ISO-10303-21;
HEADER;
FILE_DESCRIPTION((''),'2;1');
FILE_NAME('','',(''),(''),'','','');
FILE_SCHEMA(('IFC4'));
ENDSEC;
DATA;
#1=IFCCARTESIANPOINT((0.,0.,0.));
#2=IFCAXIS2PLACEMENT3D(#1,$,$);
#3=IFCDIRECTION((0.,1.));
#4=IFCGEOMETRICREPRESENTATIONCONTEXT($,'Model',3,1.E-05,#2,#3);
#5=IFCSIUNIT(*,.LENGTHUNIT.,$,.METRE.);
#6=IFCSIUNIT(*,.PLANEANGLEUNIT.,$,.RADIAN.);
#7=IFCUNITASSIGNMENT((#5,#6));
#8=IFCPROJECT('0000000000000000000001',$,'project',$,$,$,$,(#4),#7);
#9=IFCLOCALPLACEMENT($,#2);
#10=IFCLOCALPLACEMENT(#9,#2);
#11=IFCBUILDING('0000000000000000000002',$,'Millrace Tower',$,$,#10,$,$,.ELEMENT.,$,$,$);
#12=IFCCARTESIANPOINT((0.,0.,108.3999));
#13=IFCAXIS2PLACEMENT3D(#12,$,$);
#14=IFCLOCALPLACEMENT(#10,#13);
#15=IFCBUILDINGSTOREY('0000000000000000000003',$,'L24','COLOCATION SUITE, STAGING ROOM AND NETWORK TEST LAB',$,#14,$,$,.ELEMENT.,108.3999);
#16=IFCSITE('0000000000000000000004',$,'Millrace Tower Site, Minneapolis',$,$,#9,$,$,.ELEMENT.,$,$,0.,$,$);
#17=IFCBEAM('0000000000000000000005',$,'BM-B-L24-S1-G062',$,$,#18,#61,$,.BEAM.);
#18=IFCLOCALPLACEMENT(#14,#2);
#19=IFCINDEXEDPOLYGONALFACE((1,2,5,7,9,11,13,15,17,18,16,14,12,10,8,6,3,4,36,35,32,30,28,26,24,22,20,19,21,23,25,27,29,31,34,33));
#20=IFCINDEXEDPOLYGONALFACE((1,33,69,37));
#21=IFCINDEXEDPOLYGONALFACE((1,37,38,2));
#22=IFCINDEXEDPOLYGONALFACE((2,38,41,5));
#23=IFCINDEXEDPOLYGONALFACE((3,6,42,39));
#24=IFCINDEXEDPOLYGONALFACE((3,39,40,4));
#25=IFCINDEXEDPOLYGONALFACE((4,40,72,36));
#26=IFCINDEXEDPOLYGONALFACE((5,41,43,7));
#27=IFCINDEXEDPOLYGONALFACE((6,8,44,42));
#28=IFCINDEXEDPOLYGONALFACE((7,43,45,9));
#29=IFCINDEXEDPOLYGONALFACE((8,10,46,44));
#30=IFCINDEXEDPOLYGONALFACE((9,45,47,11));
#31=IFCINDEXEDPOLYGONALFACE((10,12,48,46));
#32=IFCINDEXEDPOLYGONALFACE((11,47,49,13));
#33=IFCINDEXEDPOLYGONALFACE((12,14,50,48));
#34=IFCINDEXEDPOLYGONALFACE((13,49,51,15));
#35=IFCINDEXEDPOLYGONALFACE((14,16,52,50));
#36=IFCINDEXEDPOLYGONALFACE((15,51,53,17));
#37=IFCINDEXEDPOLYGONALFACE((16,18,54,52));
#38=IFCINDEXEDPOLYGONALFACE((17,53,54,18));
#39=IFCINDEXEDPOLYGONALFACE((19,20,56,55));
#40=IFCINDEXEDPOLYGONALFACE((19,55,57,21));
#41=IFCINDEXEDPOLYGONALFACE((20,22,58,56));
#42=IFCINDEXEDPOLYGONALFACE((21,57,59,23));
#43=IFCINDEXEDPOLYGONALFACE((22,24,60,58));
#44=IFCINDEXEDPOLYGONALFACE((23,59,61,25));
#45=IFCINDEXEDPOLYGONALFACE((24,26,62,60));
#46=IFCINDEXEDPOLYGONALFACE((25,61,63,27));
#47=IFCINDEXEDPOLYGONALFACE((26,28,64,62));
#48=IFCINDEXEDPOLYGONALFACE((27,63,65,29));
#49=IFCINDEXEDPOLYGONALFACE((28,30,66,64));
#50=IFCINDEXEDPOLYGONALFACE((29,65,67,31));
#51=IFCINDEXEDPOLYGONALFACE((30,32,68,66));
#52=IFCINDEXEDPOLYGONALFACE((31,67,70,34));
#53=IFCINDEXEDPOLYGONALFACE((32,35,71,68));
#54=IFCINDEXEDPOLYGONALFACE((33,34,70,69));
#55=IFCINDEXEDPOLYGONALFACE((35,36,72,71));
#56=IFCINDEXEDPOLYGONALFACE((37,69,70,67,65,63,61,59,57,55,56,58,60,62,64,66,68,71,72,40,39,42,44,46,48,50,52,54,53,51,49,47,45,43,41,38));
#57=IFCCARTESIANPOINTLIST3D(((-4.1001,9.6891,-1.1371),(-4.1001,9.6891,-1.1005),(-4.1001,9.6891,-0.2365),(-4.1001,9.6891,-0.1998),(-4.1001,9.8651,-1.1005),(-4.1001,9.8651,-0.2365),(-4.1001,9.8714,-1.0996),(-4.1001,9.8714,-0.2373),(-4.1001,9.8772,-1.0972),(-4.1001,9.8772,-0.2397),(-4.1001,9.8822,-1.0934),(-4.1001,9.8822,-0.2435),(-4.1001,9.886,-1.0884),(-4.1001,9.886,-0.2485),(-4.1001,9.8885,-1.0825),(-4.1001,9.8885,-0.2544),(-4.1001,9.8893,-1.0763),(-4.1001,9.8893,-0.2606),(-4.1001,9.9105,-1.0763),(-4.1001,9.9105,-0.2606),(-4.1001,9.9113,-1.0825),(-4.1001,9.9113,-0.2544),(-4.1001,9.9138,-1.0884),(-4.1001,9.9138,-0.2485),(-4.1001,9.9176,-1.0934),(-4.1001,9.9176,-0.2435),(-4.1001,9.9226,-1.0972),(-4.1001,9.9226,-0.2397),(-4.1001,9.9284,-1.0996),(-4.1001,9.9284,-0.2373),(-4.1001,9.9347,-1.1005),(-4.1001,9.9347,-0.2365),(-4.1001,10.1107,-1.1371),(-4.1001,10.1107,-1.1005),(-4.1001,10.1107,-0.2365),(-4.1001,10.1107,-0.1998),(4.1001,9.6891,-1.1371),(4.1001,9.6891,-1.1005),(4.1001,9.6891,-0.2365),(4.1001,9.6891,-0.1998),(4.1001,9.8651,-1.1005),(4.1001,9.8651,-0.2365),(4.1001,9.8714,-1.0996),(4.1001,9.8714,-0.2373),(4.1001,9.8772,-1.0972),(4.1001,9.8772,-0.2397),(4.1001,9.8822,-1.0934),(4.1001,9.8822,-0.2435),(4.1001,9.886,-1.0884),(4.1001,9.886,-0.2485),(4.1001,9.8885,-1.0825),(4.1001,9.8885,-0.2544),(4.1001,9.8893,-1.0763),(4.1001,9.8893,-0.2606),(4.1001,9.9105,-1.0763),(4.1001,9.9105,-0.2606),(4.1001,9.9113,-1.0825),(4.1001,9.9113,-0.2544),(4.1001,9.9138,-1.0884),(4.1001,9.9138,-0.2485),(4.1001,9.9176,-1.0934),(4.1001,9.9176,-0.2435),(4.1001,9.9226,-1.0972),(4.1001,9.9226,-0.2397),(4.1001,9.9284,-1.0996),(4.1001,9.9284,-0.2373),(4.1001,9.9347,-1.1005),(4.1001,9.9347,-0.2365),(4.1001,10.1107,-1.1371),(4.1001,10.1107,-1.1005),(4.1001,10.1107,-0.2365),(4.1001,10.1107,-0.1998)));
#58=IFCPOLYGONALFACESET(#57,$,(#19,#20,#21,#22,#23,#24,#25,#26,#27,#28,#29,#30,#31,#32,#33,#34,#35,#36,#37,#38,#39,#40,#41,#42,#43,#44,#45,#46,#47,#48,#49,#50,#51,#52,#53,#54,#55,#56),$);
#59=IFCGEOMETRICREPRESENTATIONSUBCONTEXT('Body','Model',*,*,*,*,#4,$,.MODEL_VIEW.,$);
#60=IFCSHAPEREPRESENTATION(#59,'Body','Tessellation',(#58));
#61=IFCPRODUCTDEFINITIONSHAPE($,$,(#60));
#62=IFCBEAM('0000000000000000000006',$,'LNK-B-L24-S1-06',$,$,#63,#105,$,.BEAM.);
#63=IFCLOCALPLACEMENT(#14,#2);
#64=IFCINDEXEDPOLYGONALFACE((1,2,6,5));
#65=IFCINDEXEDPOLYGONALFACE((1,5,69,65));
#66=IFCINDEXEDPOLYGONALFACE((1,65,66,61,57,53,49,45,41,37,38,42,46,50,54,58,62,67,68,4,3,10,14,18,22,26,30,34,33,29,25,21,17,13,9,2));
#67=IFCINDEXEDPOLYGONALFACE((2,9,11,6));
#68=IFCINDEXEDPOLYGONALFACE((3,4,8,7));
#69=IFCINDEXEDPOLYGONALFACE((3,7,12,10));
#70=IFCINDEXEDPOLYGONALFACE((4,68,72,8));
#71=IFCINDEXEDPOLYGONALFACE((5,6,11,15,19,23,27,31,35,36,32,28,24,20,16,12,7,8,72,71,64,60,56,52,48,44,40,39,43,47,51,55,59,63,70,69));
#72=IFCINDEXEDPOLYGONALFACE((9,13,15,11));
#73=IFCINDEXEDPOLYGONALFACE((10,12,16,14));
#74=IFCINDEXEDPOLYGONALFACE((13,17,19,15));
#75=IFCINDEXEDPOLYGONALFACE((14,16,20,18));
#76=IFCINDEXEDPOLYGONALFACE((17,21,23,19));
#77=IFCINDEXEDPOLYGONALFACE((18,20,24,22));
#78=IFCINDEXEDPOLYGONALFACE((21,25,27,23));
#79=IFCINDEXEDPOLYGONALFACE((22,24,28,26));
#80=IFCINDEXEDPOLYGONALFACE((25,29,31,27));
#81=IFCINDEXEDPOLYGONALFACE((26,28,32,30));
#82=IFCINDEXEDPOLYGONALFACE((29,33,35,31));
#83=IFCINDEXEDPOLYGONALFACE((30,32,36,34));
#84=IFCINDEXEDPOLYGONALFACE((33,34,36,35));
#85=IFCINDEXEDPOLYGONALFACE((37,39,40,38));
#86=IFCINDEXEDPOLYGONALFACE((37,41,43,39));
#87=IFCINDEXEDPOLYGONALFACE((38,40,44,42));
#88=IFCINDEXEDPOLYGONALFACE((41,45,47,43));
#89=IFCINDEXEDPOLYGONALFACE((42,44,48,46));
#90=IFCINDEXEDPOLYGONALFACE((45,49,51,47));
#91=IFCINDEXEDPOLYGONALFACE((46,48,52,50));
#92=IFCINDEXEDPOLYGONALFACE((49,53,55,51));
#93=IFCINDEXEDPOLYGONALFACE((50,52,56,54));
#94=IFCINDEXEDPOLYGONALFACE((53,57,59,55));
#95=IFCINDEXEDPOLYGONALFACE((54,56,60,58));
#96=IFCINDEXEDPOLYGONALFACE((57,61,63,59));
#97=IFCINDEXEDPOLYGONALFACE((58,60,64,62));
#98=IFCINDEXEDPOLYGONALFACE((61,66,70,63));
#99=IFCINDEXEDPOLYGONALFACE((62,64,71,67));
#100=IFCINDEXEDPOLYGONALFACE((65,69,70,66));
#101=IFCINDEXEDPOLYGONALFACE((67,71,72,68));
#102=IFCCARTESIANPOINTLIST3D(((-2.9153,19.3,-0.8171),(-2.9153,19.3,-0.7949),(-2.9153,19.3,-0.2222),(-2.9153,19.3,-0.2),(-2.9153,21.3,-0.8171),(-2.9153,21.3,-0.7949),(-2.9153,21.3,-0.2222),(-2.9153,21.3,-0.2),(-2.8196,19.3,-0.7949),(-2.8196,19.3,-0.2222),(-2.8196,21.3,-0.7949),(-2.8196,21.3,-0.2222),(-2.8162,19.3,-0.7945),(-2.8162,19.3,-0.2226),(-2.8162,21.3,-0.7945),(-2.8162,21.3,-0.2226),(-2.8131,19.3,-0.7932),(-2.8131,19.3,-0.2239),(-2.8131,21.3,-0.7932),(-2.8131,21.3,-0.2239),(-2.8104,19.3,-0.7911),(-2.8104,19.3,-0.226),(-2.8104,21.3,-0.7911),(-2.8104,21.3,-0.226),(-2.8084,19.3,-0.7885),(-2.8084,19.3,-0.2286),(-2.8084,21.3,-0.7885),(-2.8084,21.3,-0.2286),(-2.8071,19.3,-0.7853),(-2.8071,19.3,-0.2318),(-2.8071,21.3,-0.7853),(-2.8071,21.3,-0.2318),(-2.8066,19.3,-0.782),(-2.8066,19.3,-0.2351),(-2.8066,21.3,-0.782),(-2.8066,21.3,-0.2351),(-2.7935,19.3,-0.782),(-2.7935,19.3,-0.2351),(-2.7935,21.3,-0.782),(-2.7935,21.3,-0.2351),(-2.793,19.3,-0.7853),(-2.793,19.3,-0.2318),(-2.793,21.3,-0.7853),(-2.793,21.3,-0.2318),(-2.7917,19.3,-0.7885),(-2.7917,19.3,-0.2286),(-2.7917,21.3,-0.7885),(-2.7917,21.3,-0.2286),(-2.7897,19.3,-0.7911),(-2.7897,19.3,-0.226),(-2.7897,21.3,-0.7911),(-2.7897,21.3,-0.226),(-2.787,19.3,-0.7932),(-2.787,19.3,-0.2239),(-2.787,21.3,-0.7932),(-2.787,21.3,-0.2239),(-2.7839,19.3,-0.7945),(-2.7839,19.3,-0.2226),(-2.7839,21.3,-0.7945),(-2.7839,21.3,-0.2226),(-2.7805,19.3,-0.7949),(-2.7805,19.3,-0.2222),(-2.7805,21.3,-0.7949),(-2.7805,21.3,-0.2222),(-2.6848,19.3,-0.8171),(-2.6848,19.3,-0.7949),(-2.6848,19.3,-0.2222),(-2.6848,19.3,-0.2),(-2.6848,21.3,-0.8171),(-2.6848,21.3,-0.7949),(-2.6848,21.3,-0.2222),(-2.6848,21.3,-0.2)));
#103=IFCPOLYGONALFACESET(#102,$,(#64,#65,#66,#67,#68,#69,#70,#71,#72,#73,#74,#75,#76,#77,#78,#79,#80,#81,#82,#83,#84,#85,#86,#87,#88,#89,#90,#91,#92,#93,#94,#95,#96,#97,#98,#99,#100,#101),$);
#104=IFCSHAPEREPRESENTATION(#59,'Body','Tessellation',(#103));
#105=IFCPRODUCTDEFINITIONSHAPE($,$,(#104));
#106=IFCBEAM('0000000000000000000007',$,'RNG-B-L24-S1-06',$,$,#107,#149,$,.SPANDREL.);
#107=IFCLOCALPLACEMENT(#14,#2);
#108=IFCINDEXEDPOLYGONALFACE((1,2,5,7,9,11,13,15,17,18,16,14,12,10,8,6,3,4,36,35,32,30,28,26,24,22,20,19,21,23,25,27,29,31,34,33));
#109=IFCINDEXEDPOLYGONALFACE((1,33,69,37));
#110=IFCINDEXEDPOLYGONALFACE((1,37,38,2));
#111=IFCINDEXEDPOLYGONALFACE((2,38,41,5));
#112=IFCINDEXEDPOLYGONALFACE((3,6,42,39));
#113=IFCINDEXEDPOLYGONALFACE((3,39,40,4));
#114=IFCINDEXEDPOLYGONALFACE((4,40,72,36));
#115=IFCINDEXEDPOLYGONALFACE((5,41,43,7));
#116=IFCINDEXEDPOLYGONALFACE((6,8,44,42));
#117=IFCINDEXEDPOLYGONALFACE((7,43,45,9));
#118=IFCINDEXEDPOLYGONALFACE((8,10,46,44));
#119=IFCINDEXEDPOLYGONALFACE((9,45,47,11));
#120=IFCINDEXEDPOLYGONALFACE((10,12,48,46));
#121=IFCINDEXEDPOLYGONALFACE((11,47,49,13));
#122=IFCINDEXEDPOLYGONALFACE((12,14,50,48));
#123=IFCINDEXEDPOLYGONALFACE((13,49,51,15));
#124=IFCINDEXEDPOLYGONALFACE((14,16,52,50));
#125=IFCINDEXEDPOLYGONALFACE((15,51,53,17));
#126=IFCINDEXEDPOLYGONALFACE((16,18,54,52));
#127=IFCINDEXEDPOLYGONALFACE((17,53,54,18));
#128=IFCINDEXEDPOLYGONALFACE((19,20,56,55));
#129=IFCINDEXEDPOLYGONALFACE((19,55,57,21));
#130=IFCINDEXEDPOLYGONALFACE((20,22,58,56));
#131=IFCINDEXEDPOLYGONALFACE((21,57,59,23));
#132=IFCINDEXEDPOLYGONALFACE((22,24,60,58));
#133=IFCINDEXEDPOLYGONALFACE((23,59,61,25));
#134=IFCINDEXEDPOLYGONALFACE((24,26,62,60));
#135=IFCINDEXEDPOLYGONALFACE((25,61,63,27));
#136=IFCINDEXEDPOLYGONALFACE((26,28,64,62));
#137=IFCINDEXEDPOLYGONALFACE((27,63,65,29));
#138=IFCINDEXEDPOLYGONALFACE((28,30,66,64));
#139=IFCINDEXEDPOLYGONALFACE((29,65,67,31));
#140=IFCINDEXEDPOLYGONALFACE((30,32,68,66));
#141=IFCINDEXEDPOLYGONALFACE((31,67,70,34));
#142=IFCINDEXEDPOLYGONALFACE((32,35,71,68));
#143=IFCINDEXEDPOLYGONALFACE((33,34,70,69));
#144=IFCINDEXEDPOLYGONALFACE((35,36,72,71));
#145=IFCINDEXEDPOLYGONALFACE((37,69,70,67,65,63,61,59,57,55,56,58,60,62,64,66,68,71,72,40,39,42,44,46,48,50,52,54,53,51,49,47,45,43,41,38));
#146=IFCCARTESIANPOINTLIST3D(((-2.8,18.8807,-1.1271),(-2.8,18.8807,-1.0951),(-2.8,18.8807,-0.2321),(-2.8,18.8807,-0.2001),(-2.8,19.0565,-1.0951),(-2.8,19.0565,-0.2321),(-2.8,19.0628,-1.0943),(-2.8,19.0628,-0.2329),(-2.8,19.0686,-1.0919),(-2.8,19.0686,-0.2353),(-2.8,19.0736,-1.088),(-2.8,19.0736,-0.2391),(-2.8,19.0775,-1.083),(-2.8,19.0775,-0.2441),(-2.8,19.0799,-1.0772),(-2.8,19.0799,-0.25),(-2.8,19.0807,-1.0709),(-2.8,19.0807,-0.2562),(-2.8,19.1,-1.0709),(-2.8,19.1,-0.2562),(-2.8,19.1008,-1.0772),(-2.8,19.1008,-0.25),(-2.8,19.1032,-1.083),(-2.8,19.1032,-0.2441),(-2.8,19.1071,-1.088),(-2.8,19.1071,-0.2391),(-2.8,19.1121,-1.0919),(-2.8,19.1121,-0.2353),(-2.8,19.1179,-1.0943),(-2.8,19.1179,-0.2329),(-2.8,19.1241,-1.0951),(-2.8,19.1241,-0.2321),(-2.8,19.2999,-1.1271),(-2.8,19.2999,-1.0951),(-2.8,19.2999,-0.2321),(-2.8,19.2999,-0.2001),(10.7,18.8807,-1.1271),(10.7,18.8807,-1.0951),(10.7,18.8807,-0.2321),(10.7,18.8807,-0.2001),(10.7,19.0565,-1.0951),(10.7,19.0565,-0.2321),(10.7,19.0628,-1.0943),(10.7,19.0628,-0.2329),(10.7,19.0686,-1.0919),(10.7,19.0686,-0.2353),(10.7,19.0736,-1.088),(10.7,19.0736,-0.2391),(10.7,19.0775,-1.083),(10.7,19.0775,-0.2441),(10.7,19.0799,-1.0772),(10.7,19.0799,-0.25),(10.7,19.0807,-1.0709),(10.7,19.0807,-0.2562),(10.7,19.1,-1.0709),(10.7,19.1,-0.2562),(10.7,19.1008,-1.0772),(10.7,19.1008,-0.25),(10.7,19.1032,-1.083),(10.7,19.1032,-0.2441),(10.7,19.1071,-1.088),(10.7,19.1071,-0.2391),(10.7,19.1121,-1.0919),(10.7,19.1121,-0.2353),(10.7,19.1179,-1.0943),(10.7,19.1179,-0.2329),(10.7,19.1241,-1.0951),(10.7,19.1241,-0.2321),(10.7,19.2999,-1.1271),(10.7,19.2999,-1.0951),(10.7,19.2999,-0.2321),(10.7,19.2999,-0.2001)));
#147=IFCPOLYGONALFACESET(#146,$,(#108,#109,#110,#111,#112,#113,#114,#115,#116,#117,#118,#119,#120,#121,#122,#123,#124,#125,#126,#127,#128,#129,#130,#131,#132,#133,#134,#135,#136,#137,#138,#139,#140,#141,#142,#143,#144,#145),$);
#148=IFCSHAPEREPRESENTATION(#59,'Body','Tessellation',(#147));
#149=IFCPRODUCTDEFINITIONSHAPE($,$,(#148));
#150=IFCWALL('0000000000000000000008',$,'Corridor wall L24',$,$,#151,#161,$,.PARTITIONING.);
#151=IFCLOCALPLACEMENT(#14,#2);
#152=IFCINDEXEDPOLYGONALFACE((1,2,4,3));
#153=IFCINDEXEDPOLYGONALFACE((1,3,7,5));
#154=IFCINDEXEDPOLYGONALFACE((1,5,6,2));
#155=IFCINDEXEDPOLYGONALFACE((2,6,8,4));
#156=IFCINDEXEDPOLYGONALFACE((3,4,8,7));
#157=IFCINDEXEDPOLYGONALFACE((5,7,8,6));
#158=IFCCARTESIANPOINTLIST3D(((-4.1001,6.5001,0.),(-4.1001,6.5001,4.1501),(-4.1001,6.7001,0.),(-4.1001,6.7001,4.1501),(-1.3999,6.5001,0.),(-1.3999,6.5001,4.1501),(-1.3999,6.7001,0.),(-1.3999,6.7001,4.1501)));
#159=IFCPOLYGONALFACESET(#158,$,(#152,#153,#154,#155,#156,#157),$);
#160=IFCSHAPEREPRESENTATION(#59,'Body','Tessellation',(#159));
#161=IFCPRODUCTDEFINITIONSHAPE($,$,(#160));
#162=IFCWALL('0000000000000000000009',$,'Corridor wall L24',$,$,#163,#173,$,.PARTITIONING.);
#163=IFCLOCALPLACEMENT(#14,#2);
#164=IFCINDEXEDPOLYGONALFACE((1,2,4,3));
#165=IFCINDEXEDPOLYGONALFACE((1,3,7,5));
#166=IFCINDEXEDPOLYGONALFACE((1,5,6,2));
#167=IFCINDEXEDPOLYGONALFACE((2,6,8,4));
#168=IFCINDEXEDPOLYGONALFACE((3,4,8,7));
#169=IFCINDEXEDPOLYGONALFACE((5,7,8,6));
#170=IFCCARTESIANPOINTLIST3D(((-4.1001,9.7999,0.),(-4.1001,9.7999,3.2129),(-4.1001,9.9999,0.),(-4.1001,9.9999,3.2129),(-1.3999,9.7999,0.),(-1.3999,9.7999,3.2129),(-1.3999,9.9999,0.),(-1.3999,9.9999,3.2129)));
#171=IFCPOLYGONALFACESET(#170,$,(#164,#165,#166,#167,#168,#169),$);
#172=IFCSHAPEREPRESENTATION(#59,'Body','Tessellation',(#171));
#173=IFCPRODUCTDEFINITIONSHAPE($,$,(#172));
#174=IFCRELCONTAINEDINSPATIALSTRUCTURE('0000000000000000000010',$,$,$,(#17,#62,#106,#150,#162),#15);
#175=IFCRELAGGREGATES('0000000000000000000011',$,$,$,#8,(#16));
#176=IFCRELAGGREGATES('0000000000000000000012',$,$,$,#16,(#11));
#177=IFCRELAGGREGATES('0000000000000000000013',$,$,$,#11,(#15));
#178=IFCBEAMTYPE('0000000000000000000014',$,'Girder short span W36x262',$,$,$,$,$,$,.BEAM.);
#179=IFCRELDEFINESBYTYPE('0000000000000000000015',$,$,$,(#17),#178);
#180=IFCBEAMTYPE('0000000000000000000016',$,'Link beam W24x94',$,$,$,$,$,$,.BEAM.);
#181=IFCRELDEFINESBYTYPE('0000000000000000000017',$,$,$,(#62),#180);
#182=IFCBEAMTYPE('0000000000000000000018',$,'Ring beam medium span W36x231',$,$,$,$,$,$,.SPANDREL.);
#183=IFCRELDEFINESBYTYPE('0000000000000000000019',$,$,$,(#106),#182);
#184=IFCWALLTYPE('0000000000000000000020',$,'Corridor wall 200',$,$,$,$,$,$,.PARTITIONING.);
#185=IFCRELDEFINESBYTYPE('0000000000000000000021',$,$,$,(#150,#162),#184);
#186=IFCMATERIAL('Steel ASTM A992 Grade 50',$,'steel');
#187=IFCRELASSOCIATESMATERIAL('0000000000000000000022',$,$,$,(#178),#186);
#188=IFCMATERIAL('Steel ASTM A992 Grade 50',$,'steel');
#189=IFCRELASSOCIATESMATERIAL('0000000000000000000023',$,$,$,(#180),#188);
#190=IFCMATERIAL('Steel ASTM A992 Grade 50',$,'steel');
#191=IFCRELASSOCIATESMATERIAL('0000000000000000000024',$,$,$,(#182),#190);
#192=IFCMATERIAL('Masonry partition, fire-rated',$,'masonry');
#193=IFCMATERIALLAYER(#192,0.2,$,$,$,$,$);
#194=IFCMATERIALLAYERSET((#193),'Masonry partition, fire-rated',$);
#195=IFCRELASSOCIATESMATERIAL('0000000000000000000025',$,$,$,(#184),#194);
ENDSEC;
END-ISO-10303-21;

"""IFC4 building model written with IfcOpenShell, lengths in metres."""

from ifc_helpers import new_model, si_unit, direction, frame, frame_2d, origin, origin_2d, place, context, subcontext, project, spatial, rectangle, i_section, extrude, material, layer, layer_set, material_profile, profile_set, type_object, element, save


model = new_model("IFC4")

# Units and contexts
model_context = context("Model", 3, precision=1e-05, world=origin(), true_north=direction((0.0, 1.0)))
body_context = subcontext(model_context, "Body", "Model", "MODEL_VIEW")
ifc_project = project(units=[si_unit("LENGTHUNIT", "METRE"), si_unit("PLANEANGLEUNIT", "RADIAN")], contexts=[model_context])

# Site, building, storey
site_placement = place(None, origin())
site = spatial("IfcSite", under=ifc_project, at=site_placement, Name="Millrace Tower Site, Minneapolis", CompositionType="ELEMENT", RefElevation=0.0)
building_placement = place(site_placement, origin())
building = spatial("IfcBuilding", under=site, at=building_placement, Name="Millrace Tower", CompositionType="ELEMENT")
storey_placement = place(building_placement, frame((0.0, 0.0, 108.3999)))
storey = spatial("IfcBuildingStorey", under=building, at=storey_placement, Name="L24", Description="COLOCATION SUITE, STAGING ROOM AND NETWORK TEST LAB", CompositionType="ELEMENT", Elevation=108.3999)

# Beams
ifc_material_1 = material(Name="Steel ASTM A992 Grade 50", Category="steel")
ifc_material_profile_1 = material_profile(ifc_material_1, i_section(OverallWidth=0.4216, OverallDepth=0.9373, WebThickness=0.0212, FlangeThickness=0.0366, FilletRadius=0.0242, at=origin_2d()))
ifc_profile_set_1 = profile_set([ifc_material_profile_1], Name="Steel ASTM A992 Grade 50")
beam_type_1 = type_object("IfcBeamType", Name="Girder short span W36x262", PredefinedType="BEAM", material=ifc_profile_set_1)
beam_1_placement = place(storey_placement, frame((-4.1001, 9.8999, -0.6685), z_axis=(1.0, 0.0, 0.0), x_axis=(0.0, 1.0, 0.0)))
element("IfcBeam", 1, at=beam_1_placement, inside=storey, type_object=beam_type_1, Name="BM-B-L24-S1-G062", PredefinedType="BEAM", context=body_context, shape_type="SweptSolid", body=[
    extrude(i_section(OverallWidth=0.4216, OverallDepth=0.9373, WebThickness=0.0212, FlangeThickness=0.0366, FilletRadius=0.0242, at=origin_2d()), origin(), (0.0, 0.0, 1.0), 8.2002),
])
ifc_material_2 = material(Name="Steel ASTM A992 Grade 50", Category="steel")
ifc_material_profile_2 = material_profile(ifc_material_2, i_section(OverallWidth=0.2305, OverallDepth=0.6172, WebThickness=0.0132, FlangeThickness=0.0222, FilletRadius=0.0129, at=origin_2d()))
ifc_profile_set_2 = profile_set([ifc_material_profile_2], Name="Steel ASTM A992 Grade 50")
beam_type_2 = type_object("IfcBeamType", Name="Link beam W24x94", PredefinedType="BEAM", material=ifc_profile_set_2)
beam_2_placement = place(storey_placement, frame((-2.8, 19.3, -0.5085), z_axis=(0.0, 1.0, 0.0), x_axis=(-1.0, 0.0, 0.0)))
element("IfcBeam", 2, at=beam_2_placement, inside=storey, type_object=beam_type_2, Name="LNK-B-L24-S1-06", PredefinedType="BEAM", context=body_context, shape_type="SweptSolid", body=[
    extrude(i_section(OverallWidth=0.2305, OverallDepth=0.6172, WebThickness=0.0132, FlangeThickness=0.0222, FilletRadius=0.0129, at=origin_2d()), origin(), (0.0, 0.0, 1.0), 2.0),
])
ifc_material_3 = material(Name="Steel ASTM A992 Grade 50", Category="steel")
ifc_material_profile_3 = material_profile(ifc_material_3, i_section(OverallWidth=0.4192, OverallDepth=0.927, WebThickness=0.0193, FlangeThickness=0.032, FilletRadius=0.0242, at=origin_2d()))
ifc_profile_set_3 = profile_set([ifc_material_profile_3], Name="Steel ASTM A992 Grade 50")
beam_type_3 = type_object("IfcBeamType", Name="Ring beam medium span W36x231", PredefinedType="SPANDREL", material=ifc_profile_set_3)
beam_3_placement = place(storey_placement, frame((-2.8, 19.0903, -0.6636), z_axis=(1.0, 0.0, 0.0), x_axis=(0.0, 1.0, 0.0)))
element("IfcBeam", 3, at=beam_3_placement, inside=storey, type_object=beam_type_3, Name="RNG-B-L24-S1-06", PredefinedType="SPANDREL", context=body_context, shape_type="SweptSolid", body=[
    extrude(i_section(OverallWidth=0.4192, OverallDepth=0.927, WebThickness=0.0193, FlangeThickness=0.032, FilletRadius=0.0242, at=origin_2d()), origin(), (0.0, 0.0, 1.0), 13.5),
])

# Walls
ifc_material_4 = material(Name="Masonry partition, fire-rated", Category="masonry")
ifc_layer_1 = layer(ifc_material_4, 0.2)
ifc_layer_set_1 = layer_set([ifc_layer_1], Name="Masonry partition, fire-rated")
wall_type = type_object("IfcWallType", Name="Corridor wall 200", PredefinedType="PARTITIONING", material=ifc_layer_set_1)
wall_1_placement = place(storey_placement, frame((-4.1001, 6.6001, 0.0), z_axis=(0.0, 0.0, 1.0), x_axis=(1.0, 0.0, 0.0)))
element("IfcWall", 4, at=wall_1_placement, inside=storey, type_object=wall_type, Name="Corridor wall L24", PredefinedType="PARTITIONING", context=body_context, shape_type="SweptSolid", body=[
    extrude(rectangle(XDim=2.7002, YDim=0.2, at=frame_2d((1.3501, 0.0))), origin(), (0.0, 0.0, 1.0), 4.1501),
])
wall_2_placement = place(storey_placement, frame((-4.1001, 9.8999, 0.0), z_axis=(0.0, 0.0, 1.0), x_axis=(1.0, 0.0, 0.0)))
element("IfcWall", 5, at=wall_2_placement, inside=storey, type_object=wall_type, Name="Corridor wall L24", PredefinedType="PARTITIONING", context=body_context, shape_type="SweptSolid", body=[
    extrude(rectangle(XDim=2.7002, YDim=0.2, at=frame_2d((1.3501, 0.0))), origin(), (0.0, 0.0, 1.0), 3.2129),
])

save(model, "model.ifc")
